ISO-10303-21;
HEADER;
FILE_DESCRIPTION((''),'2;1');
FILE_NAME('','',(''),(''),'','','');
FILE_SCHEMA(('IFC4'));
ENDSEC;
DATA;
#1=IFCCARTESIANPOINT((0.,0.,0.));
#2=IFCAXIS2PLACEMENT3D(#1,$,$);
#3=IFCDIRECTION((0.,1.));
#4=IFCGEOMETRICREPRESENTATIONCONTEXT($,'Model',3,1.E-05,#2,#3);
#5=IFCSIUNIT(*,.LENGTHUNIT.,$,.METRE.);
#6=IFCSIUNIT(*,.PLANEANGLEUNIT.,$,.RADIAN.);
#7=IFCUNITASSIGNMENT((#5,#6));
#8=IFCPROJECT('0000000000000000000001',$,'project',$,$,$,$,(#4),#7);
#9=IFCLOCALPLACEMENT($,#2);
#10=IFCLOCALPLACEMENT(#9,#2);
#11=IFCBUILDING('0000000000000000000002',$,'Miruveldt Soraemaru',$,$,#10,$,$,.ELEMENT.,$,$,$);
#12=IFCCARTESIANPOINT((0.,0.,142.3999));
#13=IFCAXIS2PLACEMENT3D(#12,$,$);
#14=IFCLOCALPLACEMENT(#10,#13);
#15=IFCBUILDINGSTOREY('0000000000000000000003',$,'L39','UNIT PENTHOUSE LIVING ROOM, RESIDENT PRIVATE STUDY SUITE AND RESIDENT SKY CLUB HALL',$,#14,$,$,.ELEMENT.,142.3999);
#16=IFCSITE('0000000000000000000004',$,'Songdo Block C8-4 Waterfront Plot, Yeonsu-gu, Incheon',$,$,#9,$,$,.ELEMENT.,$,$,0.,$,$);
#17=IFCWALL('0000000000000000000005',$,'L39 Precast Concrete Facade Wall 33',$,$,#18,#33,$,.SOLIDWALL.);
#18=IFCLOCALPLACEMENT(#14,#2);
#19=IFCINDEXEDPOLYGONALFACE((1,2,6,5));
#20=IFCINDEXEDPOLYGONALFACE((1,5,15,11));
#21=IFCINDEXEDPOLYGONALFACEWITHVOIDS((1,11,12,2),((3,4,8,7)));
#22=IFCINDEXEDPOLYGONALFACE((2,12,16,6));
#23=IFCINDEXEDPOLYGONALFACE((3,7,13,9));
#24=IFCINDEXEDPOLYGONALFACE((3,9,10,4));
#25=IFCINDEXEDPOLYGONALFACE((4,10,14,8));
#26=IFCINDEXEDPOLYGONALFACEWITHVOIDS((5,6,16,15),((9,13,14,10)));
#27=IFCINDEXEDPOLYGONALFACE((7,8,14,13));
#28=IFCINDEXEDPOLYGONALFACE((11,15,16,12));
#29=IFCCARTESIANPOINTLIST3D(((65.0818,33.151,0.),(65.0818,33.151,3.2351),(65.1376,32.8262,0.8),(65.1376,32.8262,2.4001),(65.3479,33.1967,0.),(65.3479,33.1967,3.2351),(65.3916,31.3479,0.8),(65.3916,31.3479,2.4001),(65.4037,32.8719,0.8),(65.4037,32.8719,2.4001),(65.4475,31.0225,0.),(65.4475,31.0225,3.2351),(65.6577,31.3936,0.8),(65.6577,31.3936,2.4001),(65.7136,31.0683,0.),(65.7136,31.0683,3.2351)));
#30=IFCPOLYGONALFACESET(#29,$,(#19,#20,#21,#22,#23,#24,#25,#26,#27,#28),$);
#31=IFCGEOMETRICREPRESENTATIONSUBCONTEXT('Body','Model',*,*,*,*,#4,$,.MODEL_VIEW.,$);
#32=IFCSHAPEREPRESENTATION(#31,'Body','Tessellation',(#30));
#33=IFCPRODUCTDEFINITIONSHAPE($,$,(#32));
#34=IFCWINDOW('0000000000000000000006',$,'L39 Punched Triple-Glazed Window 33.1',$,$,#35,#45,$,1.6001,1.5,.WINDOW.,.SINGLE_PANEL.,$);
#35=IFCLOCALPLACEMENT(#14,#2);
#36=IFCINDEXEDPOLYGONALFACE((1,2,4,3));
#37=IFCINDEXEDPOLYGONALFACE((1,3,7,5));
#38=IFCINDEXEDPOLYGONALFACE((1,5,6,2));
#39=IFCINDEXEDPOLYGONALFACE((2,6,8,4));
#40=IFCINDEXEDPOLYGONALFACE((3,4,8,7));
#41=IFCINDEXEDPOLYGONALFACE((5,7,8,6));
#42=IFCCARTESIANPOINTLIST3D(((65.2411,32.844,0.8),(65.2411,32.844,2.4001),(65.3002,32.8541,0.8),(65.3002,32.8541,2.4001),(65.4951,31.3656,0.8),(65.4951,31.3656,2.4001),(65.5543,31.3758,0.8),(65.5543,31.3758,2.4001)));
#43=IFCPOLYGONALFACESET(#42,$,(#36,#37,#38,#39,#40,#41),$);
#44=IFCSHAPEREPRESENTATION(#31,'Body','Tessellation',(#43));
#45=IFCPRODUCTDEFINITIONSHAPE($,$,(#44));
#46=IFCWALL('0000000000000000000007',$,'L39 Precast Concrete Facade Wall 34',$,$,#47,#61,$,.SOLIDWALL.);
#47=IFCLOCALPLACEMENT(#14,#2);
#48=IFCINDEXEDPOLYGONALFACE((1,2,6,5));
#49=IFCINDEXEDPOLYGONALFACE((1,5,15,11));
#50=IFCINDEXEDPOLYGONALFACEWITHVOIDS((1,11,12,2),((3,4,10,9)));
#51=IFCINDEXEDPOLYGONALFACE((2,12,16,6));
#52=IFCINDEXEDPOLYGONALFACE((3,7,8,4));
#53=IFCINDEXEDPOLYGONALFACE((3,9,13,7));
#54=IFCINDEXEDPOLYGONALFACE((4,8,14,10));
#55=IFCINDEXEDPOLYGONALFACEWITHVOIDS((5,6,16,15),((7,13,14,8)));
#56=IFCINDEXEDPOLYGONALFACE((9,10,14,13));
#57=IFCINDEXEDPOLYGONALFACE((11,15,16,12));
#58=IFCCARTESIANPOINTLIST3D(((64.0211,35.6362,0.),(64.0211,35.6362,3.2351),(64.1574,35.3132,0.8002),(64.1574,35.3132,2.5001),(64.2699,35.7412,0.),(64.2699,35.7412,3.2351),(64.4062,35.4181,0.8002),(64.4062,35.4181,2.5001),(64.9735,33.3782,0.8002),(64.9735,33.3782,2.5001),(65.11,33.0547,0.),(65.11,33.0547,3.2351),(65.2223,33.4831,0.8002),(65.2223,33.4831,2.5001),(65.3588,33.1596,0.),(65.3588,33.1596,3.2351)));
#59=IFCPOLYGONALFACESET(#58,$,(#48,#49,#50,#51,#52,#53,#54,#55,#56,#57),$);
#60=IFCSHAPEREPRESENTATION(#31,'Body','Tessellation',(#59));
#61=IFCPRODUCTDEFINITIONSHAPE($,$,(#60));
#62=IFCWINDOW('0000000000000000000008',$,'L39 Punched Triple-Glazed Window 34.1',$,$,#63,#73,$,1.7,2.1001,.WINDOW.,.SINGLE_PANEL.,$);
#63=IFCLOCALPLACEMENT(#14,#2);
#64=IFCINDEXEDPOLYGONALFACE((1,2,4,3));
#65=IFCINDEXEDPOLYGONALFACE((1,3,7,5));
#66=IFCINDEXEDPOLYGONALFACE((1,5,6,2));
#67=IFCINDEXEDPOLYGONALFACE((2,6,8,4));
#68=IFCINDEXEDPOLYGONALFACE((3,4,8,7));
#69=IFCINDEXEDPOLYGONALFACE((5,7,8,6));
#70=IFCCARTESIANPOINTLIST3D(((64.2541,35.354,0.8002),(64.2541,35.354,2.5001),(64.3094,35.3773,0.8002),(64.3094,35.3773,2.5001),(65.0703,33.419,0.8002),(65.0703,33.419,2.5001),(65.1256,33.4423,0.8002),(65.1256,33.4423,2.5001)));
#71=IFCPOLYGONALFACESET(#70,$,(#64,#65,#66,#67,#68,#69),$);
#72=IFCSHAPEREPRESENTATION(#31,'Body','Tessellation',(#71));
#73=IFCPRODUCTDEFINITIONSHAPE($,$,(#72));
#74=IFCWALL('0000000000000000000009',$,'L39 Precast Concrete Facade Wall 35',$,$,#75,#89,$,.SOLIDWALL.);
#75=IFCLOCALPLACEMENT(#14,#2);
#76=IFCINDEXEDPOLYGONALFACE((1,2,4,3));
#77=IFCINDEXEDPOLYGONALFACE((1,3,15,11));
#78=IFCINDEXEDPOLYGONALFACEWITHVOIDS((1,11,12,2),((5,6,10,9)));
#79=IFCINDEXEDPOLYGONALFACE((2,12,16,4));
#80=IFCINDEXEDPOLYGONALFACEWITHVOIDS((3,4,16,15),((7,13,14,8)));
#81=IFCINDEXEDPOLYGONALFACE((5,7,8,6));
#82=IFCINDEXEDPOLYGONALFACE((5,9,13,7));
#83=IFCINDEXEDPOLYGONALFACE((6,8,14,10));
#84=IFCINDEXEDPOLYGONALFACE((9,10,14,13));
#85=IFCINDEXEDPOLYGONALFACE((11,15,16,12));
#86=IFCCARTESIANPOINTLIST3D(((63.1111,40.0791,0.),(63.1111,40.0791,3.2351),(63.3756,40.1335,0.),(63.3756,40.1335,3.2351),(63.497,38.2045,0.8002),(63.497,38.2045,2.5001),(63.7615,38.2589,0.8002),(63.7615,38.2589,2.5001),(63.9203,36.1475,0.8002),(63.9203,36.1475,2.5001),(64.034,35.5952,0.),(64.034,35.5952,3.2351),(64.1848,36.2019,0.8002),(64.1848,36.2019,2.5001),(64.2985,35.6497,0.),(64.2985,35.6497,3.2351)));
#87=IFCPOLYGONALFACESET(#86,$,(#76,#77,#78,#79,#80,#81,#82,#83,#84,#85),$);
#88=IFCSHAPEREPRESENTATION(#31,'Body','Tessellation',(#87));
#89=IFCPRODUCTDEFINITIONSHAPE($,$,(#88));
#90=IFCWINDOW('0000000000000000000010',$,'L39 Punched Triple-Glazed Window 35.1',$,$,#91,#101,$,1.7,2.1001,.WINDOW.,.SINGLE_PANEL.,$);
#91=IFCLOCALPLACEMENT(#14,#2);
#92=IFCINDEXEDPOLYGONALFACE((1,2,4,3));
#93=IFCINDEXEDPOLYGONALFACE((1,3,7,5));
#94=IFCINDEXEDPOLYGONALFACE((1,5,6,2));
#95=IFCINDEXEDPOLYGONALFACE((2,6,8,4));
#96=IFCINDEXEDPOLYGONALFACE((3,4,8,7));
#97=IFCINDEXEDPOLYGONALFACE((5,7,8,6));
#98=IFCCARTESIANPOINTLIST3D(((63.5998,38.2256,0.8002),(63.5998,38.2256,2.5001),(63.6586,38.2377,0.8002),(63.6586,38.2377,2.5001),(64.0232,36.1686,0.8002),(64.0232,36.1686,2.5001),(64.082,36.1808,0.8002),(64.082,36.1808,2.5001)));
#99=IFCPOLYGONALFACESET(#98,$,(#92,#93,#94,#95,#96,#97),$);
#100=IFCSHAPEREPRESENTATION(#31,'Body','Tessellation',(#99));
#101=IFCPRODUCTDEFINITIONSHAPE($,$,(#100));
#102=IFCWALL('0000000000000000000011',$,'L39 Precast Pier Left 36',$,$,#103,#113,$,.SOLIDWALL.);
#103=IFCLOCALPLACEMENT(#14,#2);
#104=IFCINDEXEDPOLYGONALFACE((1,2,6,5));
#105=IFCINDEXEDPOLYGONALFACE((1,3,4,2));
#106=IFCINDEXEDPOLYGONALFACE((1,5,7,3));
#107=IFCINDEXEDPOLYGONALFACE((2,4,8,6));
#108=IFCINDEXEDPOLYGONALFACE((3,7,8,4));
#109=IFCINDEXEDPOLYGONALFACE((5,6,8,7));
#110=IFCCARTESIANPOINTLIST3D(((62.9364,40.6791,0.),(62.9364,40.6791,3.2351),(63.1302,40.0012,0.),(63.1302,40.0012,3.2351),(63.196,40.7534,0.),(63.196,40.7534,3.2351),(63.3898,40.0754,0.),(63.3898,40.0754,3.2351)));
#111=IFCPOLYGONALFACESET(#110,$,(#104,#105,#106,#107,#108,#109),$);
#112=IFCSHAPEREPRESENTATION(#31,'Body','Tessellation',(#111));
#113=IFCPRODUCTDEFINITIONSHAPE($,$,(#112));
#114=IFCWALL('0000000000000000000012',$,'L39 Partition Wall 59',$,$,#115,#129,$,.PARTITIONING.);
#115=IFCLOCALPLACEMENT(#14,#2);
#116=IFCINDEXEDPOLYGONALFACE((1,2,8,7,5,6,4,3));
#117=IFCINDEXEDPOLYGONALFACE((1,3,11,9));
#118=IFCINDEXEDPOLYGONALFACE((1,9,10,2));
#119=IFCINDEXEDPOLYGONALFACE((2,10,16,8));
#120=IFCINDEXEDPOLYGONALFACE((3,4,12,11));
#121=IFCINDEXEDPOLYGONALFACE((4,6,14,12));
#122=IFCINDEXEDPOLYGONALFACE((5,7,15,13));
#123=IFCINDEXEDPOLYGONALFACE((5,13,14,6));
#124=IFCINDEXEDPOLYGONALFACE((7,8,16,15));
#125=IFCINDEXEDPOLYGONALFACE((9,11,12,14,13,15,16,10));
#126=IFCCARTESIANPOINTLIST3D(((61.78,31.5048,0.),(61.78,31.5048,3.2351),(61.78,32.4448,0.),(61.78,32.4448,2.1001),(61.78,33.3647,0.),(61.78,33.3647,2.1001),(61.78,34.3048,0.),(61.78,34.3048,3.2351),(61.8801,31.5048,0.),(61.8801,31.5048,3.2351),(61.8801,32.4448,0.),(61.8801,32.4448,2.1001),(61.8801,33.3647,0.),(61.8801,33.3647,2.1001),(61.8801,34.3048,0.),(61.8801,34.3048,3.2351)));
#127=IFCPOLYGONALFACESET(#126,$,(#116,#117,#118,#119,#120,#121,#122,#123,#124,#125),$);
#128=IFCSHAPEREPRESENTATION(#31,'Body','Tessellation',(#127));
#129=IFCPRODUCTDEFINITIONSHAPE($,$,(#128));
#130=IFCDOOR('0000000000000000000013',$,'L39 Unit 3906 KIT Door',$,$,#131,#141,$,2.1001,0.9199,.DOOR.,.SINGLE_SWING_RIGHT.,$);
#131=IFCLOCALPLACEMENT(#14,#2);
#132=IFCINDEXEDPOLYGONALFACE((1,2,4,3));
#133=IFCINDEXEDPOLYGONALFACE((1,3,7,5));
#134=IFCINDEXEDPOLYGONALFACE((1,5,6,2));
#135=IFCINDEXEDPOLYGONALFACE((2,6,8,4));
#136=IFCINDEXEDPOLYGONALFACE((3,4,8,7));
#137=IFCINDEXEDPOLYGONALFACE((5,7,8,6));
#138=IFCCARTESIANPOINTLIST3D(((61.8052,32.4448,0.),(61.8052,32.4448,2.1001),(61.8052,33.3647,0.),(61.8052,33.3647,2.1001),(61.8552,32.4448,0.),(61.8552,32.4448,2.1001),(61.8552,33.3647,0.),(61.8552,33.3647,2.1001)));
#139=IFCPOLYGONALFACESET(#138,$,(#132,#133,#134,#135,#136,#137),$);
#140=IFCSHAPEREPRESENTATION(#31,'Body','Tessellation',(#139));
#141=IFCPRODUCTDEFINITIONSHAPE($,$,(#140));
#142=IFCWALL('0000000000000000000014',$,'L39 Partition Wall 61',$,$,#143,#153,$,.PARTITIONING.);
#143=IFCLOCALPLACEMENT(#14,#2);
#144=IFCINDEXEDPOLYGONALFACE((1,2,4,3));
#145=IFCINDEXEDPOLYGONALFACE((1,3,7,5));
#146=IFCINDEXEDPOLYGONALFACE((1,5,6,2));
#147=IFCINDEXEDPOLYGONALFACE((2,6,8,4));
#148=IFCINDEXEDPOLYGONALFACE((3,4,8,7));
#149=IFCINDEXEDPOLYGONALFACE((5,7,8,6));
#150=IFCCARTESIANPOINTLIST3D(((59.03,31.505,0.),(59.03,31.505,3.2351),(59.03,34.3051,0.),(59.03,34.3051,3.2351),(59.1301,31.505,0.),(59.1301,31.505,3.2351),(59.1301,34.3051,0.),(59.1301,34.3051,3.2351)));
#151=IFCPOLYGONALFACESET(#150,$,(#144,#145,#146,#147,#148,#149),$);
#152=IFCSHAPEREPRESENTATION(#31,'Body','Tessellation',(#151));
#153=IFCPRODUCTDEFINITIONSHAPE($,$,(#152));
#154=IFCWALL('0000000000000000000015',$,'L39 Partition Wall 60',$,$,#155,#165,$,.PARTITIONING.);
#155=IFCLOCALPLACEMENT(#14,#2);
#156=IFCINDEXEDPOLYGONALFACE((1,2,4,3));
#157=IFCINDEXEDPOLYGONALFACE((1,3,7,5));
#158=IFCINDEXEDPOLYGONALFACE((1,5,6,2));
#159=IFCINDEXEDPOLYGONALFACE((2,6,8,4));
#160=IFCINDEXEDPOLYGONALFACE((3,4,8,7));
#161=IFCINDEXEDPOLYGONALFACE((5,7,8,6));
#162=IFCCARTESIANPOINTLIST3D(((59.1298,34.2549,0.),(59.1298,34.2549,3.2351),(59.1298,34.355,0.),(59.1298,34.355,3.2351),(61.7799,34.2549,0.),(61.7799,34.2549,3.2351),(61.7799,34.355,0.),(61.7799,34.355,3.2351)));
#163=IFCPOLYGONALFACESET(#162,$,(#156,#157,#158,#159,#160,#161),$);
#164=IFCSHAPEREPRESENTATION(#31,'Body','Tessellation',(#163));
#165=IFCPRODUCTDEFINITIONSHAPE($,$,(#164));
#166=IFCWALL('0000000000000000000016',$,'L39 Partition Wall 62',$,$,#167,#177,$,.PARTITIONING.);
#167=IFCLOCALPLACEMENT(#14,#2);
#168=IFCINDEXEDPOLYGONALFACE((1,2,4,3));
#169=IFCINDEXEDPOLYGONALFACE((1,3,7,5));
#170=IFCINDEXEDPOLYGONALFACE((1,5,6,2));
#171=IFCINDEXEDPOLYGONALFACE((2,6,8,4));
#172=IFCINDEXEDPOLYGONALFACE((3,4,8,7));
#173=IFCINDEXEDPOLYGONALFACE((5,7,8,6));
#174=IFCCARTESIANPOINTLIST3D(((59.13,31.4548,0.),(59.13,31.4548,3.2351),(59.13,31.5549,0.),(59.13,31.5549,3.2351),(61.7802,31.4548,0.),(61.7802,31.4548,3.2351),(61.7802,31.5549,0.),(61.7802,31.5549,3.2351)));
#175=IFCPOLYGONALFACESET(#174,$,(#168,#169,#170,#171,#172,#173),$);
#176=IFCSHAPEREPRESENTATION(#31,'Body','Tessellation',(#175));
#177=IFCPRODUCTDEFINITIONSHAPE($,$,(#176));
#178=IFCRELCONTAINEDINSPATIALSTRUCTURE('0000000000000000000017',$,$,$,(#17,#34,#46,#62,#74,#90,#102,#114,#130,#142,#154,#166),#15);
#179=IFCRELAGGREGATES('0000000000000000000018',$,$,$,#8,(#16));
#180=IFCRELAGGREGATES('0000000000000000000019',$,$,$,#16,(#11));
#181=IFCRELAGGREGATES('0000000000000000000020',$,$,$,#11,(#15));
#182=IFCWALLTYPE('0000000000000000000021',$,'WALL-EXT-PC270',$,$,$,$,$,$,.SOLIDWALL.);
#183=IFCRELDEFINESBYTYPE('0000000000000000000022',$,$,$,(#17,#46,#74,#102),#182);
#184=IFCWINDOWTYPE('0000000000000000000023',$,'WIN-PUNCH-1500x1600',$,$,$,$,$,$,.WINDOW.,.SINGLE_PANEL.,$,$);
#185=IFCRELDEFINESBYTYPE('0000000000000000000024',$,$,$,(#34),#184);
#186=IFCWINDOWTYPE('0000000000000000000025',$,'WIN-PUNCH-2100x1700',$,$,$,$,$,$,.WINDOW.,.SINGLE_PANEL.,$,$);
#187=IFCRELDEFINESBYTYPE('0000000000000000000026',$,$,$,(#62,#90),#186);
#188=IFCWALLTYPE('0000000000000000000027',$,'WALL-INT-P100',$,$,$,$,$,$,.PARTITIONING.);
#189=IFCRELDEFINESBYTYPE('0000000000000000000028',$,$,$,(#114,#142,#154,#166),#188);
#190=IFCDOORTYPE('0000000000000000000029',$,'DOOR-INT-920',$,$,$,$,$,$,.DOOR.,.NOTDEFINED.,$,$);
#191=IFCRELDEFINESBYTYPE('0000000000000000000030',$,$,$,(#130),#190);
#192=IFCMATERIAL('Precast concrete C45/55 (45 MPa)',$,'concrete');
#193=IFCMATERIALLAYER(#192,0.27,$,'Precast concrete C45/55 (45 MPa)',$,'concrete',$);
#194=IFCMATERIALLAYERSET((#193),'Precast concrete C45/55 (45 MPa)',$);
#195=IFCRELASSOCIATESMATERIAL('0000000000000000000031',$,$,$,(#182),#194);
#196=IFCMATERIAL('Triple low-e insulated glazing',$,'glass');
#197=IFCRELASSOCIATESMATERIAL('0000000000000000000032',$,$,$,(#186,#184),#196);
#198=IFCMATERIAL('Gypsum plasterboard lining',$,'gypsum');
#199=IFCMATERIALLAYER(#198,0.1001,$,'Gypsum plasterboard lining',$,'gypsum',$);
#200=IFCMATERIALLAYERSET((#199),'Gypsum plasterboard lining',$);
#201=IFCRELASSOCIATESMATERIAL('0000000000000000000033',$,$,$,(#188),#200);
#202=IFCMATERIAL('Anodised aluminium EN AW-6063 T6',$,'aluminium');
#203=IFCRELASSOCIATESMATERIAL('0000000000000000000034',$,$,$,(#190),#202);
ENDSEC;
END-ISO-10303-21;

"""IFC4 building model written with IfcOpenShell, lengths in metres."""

from ifc_helpers import new_model, si_unit, direction, frame, frame_2d, origin, place, context, subcontext, project, spatial, rectangle, extrude, material, layer, layer_set, type_object, element, fill, save


model = new_model("IFC4")

# Units and contexts
model_context = context("Model", 3, precision=1e-05, world=origin(), true_north=direction((0.0, 1.0)))
body_context = subcontext(model_context, "Body", "Model", "MODEL_VIEW")
ifc_project = project(units=[si_unit("LENGTHUNIT", "METRE"), si_unit("PLANEANGLEUNIT", "RADIAN")], contexts=[model_context])

# Site, building, storey
site_placement = place(None, origin())
site = spatial("IfcSite", under=ifc_project, at=site_placement, Name="Songdo Block C8-4 Waterfront Plot, Yeonsu-gu, Incheon", CompositionType="ELEMENT", RefElevation=0.0)
building_placement = place(site_placement, origin())
building = spatial("IfcBuilding", under=site, at=building_placement, Name="Miruveldt Soraemaru", CompositionType="ELEMENT")
storey_placement = place(building_placement, frame((0.0, 0.0, 142.3999)))
storey = spatial("IfcBuildingStorey", under=building, at=storey_placement, Name="L39", Description="UNIT PENTHOUSE LIVING ROOM, RESIDENT PRIVATE STUDY SUITE AND RESIDENT SKY CLUB HALL", CompositionType="ELEMENT", Elevation=142.3999)

# Walls, openings, windows
ifc_material_1 = material(Name="Precast concrete C45/55 (45 MPa)", Category="concrete")
ifc_layer_1 = layer(ifc_material_1, 0.27, Name="Precast concrete C45/55 (45 MPa)", Category="concrete")
ifc_layer_set_1 = layer_set([ifc_layer_1], Name="Precast concrete C45/55 (45 MPa)")
wall_type_1 = type_object("IfcWallType", Name="WALL-EXT-PC270", PredefinedType="SOLIDWALL", material=ifc_layer_set_1)
ifc_material_2 = material(Name="Triple low-e insulated glazing", Category="glass")
window_type_1 = type_object("IfcWindowType", Name="WIN-PUNCH-2100x1700", PartitioningType="SINGLE_PANEL", PredefinedType="WINDOW", material=ifc_material_2)
window_type_2 = type_object("IfcWindowType", Name="WIN-PUNCH-1500x1600", PartitioningType="SINGLE_PANEL", PredefinedType="WINDOW", material=ifc_material_2)
wall_1_placement = place(storey_placement, frame((65.5806, 31.0454, 0.0), z_axis=(0.0, 0.0, 1.0), x_axis=(-0.169347, 0.985557, 0.0)))
wall_1 = element("IfcWall", 1, at=wall_1_placement, inside=storey, type_object=wall_type_1, Name="L39 Precast Concrete Facade Wall 33", PredefinedType="SOLIDWALL", context=body_context, shape_type="SweptSolid", body=[
    extrude(rectangle(XDim=2.1597, YDim=0.27, at=frame_2d((1.0798, 0.0))), origin(), (0.0, 0.0, 1.0), 3.2351),
])
opening_1_placement = place(wall_1_placement, frame((0.3301, 0.0, 0.8)))
opening_1 = element("IfcOpeningElement", 2, at=opening_1_placement, cuts=wall_1, PredefinedType="OPENING", context=body_context, shape_type="SweptSolid", body=[
    extrude(rectangle(XDim=1.5, YDim=1.6001, at=frame_2d((0.75, 0.8))), frame((0.0, 0.145, 0.0), z_axis=(0.0, -1.0, 0.0), x_axis=(1.0, 0.0, 0.0)), (0.0, 0.0, 1.0), 0.29),
])
window_1_placement = place(opening_1_placement, origin())
window_1 = element("IfcWindow", 3, at=window_1_placement, inside=storey, type_object=window_type_2, Name="L39 Punched Triple-Glazed Window 33.1", OverallHeight=1.6001, OverallWidth=1.5, PartitioningType="SINGLE_PANEL", PredefinedType="WINDOW", context=body_context, shape_type="SweptSolid", body=[
    extrude(rectangle(XDim=1.5, YDim=1.6001, at=frame_2d((0.75, 0.8))), frame((0.0, 0.03, 0.0), z_axis=(0.0, -1.0, 0.0), x_axis=(1.0, 0.0, 0.0)), (0.0, 0.0, 1.0), 0.0601),
])
fill(opening_1, window_1)
wall_2_placement = place(storey_placement, frame((65.2344, 33.1072, 0.0), z_axis=(0.0, 0.0, 1.0), x_axis=(-0.388633, 0.921392, 0.0)))
wall_2 = element("IfcWall", 4, at=wall_2_placement, inside=storey, type_object=wall_type_1, Name="L39 Precast Concrete Facade Wall 34", PredefinedType="SOLIDWALL", context=body_context, shape_type="SweptSolid", body=[
    extrude(rectangle(XDim=2.8018, YDim=0.27, at=frame_2d((1.4009, 0.0))), origin(), (0.0, 0.0, 1.0), 3.2351),
])
opening_2_placement = place(wall_2_placement, frame((0.3511, 0.0, 0.8)))
opening_2 = element("IfcOpeningElement", 5, at=opening_2_placement, cuts=wall_2, PredefinedType="OPENING", context=body_context, shape_type="SweptSolid", body=[
    extrude(rectangle(XDim=2.1001, YDim=1.7, at=frame_2d((1.05, 0.8501))), frame((0.0, 0.145, 0.0), z_axis=(0.0, -1.0, 0.0), x_axis=(1.0, 0.0, 0.0)), (0.0, 0.0, 1.0), 0.29),
])
window_2_placement = place(opening_2_placement, origin())
window_2 = element("IfcWindow", 6, at=window_2_placement, inside=storey, type_object=window_type_1, Name="L39 Punched Triple-Glazed Window 34.1", OverallHeight=1.7, OverallWidth=2.1001, PartitioningType="SINGLE_PANEL", PredefinedType="WINDOW", context=body_context, shape_type="SweptSolid", body=[
    extrude(rectangle(XDim=2.1001, YDim=1.7, at=frame_2d((1.05, 0.8501))), frame((0.0, 0.03, 0.0), z_axis=(0.0, -1.0, 0.0), x_axis=(1.0, 0.0, 0.0)), (0.0, 0.0, 1.0), 0.0601),
])
fill(opening_2, window_2)
wall_3_placement = place(storey_placement, frame((64.1663, 35.6223, 0.0), z_axis=(0.0, 0.0, 1.0), x_axis=(-0.20159, 0.97947, 0.0)))
wall_3 = element("IfcWall", 7, at=wall_3_placement, inside=storey, type_object=wall_type_1, Name="L39 Precast Concrete Facade Wall 35", PredefinedType="SOLIDWALL", context=body_context, shape_type="SweptSolid", body=[
    extrude(rectangle(XDim=4.5779, YDim=0.27, at=frame_2d((2.2891, 0.0))), origin(), (0.0, 0.0, 1.0), 3.2351),
])
opening_3_placement = place(wall_3_placement, frame((0.564, 0.0, 0.8)))
opening_3 = element("IfcOpeningElement", 8, at=opening_3_placement, cuts=wall_3, PredefinedType="OPENING", context=body_context, shape_type="SweptSolid", body=[
    extrude(rectangle(XDim=2.1001, YDim=1.7, at=frame_2d((1.05, 0.8501))), frame((0.0, 0.145, 0.0), z_axis=(0.0, -1.0, 0.0), x_axis=(1.0, 0.0, 0.0)), (0.0, 0.0, 1.0), 0.29),
])
window_3_placement = place(opening_3_placement, origin())
window_3 = element("IfcWindow", 9, at=window_3_placement, inside=storey, type_object=window_type_1, Name="L39 Punched Triple-Glazed Window 35.1", OverallHeight=1.7, OverallWidth=2.1001, PartitioningType="SINGLE_PANEL", PredefinedType="WINDOW", context=body_context, shape_type="SweptSolid", body=[
    extrude(rectangle(XDim=2.1001, YDim=1.7, at=frame_2d((1.05, 0.8501))), frame((0.0, 0.03, 0.0), z_axis=(0.0, -1.0, 0.0), x_axis=(1.0, 0.0, 0.0)), (0.0, 0.0, 1.0), 0.0601),
])
fill(opening_3, window_3)

# Wall
wall_4_placement = place(storey_placement, frame((63.26, 40.0383, 0.0), z_axis=(0.0, 0.0, 1.0), x_axis=(-0.274904, 0.961472, 0.0)))
element("IfcWall", 10, at=wall_4_placement, inside=storey, type_object=wall_type_1, Name="L39 Precast Pier Left 36", PredefinedType="SOLIDWALL", context=body_context, shape_type="SweptSolid", body=[
    extrude(rectangle(XDim=0.7051, YDim=0.27, at=frame_2d((0.3525, 0.0))), origin(), (0.0, 0.0, 1.0), 3.2351),
])

# Wall, opening, door
ifc_material_3 = material(Name="Gypsum plasterboard lining", Category="gypsum")
ifc_layer_2 = layer(ifc_material_3, 0.1001, Name="Gypsum plasterboard lining", Category="gypsum")
ifc_layer_set_2 = layer_set([ifc_layer_2], Name="Gypsum plasterboard lining")
wall_type_2 = type_object("IfcWallType", Name="WALL-INT-P100", PredefinedType="PARTITIONING", material=ifc_layer_set_2)
wall_5_placement = place(storey_placement, frame((61.8301, 31.5049, 0.0), z_axis=(0.0, 0.0, 1.0), x_axis=(0.0, 1.0, 0.0)))
wall_5 = element("IfcWall", 11, at=wall_5_placement, inside=storey, type_object=wall_type_2, Name="L39 Partition Wall 59", PredefinedType="PARTITIONING", context=body_context, shape_type="SweptSolid", body=[
    extrude(rectangle(XDim=2.8, YDim=0.1001, at=frame_2d((1.3999, 0.0))), origin(), (0.0, 0.0, 1.0), 3.2351),
])
opening_4_placement = place(wall_5_placement, frame((0.9399, 0.0, 0.0)))
opening_4 = element("IfcOpeningElement", 12, at=opening_4_placement, cuts=wall_5, PredefinedType="OPENING", context=body_context, shape_type="SweptSolid", body=[
    extrude(rectangle(XDim=0.9199, YDim=2.1001, at=frame_2d((0.46, 1.05))), frame((0.0, 0.0601, 0.0), z_axis=(0.0, -1.0, 0.0), x_axis=(1.0, 0.0, 0.0)), (0.0, 0.0, 1.0), 0.1201),
])
ifc_material_4 = material(Name="Anodised aluminium EN AW-6063 T6", Category="aluminium")
door_type = type_object("IfcDoorType", Name="DOOR-INT-920", OperationType="NOTDEFINED", PredefinedType="DOOR", material=ifc_material_4)
door_placement = place(opening_4_placement, origin())
door = element("IfcDoor", 13, at=door_placement, inside=storey, type_object=door_type, Name="L39 Unit 3906 KIT Door", OperationType="SINGLE_SWING_RIGHT", OverallHeight=2.1001, OverallWidth=0.9199, PredefinedType="DOOR", context=body_context, shape_type="SweptSolid", body=[
    extrude(rectangle(XDim=0.9199, YDim=2.1001, at=frame_2d((0.46, 1.05))), frame((0.0, 0.0249, 0.0), z_axis=(0.0, -1.0, 0.0), x_axis=(1.0, 0.0, 0.0)), (0.0, 0.0, 1.0), 0.05),
])
fill(opening_4, door)

# Walls
wall_6_placement = place(storey_placement, frame((59.0801, 34.3049, 0.0), z_axis=(0.0, 0.0, 1.0), x_axis=(0.0, -1.0, 0.0)))
element("IfcWall", 14, at=wall_6_placement, inside=storey, type_object=wall_type_2, Name="L39 Partition Wall 61", PredefinedType="PARTITIONING", context=body_context, shape_type="SweptSolid", body=[
    extrude(rectangle(XDim=2.8, YDim=0.1001, at=frame_2d((1.3999, 0.0))), origin(), (0.0, 0.0, 1.0), 3.2351),
])
for number, where, z_axis, x_axis, name in (
    (15, (61.78, 34.3049, 0.0), (0.0, 0.0, 1.0), (-1.0, 0.0, 0.0), "L39 Partition Wall 60"),
    (16, (59.1299, 31.5049, 0.0), (0.0, 0.0, 1.0), (1.0, 0.0, 0.0), "L39 Partition Wall 62"),
):
    element("IfcWall", number, at=place(storey_placement, frame(where, z_axis=z_axis, x_axis=x_axis)), inside=storey, type_object=wall_type_2, Name=name, PredefinedType="PARTITIONING", context=body_context, shape_type="SweptSolid", body=[
        extrude(rectangle(XDim=2.6501, YDim=0.1001, at=frame_2d((1.3252, 0.0))), origin(), (0.0, 0.0, 1.0), 3.2351),
    ])

save(model, "model.ifc")
